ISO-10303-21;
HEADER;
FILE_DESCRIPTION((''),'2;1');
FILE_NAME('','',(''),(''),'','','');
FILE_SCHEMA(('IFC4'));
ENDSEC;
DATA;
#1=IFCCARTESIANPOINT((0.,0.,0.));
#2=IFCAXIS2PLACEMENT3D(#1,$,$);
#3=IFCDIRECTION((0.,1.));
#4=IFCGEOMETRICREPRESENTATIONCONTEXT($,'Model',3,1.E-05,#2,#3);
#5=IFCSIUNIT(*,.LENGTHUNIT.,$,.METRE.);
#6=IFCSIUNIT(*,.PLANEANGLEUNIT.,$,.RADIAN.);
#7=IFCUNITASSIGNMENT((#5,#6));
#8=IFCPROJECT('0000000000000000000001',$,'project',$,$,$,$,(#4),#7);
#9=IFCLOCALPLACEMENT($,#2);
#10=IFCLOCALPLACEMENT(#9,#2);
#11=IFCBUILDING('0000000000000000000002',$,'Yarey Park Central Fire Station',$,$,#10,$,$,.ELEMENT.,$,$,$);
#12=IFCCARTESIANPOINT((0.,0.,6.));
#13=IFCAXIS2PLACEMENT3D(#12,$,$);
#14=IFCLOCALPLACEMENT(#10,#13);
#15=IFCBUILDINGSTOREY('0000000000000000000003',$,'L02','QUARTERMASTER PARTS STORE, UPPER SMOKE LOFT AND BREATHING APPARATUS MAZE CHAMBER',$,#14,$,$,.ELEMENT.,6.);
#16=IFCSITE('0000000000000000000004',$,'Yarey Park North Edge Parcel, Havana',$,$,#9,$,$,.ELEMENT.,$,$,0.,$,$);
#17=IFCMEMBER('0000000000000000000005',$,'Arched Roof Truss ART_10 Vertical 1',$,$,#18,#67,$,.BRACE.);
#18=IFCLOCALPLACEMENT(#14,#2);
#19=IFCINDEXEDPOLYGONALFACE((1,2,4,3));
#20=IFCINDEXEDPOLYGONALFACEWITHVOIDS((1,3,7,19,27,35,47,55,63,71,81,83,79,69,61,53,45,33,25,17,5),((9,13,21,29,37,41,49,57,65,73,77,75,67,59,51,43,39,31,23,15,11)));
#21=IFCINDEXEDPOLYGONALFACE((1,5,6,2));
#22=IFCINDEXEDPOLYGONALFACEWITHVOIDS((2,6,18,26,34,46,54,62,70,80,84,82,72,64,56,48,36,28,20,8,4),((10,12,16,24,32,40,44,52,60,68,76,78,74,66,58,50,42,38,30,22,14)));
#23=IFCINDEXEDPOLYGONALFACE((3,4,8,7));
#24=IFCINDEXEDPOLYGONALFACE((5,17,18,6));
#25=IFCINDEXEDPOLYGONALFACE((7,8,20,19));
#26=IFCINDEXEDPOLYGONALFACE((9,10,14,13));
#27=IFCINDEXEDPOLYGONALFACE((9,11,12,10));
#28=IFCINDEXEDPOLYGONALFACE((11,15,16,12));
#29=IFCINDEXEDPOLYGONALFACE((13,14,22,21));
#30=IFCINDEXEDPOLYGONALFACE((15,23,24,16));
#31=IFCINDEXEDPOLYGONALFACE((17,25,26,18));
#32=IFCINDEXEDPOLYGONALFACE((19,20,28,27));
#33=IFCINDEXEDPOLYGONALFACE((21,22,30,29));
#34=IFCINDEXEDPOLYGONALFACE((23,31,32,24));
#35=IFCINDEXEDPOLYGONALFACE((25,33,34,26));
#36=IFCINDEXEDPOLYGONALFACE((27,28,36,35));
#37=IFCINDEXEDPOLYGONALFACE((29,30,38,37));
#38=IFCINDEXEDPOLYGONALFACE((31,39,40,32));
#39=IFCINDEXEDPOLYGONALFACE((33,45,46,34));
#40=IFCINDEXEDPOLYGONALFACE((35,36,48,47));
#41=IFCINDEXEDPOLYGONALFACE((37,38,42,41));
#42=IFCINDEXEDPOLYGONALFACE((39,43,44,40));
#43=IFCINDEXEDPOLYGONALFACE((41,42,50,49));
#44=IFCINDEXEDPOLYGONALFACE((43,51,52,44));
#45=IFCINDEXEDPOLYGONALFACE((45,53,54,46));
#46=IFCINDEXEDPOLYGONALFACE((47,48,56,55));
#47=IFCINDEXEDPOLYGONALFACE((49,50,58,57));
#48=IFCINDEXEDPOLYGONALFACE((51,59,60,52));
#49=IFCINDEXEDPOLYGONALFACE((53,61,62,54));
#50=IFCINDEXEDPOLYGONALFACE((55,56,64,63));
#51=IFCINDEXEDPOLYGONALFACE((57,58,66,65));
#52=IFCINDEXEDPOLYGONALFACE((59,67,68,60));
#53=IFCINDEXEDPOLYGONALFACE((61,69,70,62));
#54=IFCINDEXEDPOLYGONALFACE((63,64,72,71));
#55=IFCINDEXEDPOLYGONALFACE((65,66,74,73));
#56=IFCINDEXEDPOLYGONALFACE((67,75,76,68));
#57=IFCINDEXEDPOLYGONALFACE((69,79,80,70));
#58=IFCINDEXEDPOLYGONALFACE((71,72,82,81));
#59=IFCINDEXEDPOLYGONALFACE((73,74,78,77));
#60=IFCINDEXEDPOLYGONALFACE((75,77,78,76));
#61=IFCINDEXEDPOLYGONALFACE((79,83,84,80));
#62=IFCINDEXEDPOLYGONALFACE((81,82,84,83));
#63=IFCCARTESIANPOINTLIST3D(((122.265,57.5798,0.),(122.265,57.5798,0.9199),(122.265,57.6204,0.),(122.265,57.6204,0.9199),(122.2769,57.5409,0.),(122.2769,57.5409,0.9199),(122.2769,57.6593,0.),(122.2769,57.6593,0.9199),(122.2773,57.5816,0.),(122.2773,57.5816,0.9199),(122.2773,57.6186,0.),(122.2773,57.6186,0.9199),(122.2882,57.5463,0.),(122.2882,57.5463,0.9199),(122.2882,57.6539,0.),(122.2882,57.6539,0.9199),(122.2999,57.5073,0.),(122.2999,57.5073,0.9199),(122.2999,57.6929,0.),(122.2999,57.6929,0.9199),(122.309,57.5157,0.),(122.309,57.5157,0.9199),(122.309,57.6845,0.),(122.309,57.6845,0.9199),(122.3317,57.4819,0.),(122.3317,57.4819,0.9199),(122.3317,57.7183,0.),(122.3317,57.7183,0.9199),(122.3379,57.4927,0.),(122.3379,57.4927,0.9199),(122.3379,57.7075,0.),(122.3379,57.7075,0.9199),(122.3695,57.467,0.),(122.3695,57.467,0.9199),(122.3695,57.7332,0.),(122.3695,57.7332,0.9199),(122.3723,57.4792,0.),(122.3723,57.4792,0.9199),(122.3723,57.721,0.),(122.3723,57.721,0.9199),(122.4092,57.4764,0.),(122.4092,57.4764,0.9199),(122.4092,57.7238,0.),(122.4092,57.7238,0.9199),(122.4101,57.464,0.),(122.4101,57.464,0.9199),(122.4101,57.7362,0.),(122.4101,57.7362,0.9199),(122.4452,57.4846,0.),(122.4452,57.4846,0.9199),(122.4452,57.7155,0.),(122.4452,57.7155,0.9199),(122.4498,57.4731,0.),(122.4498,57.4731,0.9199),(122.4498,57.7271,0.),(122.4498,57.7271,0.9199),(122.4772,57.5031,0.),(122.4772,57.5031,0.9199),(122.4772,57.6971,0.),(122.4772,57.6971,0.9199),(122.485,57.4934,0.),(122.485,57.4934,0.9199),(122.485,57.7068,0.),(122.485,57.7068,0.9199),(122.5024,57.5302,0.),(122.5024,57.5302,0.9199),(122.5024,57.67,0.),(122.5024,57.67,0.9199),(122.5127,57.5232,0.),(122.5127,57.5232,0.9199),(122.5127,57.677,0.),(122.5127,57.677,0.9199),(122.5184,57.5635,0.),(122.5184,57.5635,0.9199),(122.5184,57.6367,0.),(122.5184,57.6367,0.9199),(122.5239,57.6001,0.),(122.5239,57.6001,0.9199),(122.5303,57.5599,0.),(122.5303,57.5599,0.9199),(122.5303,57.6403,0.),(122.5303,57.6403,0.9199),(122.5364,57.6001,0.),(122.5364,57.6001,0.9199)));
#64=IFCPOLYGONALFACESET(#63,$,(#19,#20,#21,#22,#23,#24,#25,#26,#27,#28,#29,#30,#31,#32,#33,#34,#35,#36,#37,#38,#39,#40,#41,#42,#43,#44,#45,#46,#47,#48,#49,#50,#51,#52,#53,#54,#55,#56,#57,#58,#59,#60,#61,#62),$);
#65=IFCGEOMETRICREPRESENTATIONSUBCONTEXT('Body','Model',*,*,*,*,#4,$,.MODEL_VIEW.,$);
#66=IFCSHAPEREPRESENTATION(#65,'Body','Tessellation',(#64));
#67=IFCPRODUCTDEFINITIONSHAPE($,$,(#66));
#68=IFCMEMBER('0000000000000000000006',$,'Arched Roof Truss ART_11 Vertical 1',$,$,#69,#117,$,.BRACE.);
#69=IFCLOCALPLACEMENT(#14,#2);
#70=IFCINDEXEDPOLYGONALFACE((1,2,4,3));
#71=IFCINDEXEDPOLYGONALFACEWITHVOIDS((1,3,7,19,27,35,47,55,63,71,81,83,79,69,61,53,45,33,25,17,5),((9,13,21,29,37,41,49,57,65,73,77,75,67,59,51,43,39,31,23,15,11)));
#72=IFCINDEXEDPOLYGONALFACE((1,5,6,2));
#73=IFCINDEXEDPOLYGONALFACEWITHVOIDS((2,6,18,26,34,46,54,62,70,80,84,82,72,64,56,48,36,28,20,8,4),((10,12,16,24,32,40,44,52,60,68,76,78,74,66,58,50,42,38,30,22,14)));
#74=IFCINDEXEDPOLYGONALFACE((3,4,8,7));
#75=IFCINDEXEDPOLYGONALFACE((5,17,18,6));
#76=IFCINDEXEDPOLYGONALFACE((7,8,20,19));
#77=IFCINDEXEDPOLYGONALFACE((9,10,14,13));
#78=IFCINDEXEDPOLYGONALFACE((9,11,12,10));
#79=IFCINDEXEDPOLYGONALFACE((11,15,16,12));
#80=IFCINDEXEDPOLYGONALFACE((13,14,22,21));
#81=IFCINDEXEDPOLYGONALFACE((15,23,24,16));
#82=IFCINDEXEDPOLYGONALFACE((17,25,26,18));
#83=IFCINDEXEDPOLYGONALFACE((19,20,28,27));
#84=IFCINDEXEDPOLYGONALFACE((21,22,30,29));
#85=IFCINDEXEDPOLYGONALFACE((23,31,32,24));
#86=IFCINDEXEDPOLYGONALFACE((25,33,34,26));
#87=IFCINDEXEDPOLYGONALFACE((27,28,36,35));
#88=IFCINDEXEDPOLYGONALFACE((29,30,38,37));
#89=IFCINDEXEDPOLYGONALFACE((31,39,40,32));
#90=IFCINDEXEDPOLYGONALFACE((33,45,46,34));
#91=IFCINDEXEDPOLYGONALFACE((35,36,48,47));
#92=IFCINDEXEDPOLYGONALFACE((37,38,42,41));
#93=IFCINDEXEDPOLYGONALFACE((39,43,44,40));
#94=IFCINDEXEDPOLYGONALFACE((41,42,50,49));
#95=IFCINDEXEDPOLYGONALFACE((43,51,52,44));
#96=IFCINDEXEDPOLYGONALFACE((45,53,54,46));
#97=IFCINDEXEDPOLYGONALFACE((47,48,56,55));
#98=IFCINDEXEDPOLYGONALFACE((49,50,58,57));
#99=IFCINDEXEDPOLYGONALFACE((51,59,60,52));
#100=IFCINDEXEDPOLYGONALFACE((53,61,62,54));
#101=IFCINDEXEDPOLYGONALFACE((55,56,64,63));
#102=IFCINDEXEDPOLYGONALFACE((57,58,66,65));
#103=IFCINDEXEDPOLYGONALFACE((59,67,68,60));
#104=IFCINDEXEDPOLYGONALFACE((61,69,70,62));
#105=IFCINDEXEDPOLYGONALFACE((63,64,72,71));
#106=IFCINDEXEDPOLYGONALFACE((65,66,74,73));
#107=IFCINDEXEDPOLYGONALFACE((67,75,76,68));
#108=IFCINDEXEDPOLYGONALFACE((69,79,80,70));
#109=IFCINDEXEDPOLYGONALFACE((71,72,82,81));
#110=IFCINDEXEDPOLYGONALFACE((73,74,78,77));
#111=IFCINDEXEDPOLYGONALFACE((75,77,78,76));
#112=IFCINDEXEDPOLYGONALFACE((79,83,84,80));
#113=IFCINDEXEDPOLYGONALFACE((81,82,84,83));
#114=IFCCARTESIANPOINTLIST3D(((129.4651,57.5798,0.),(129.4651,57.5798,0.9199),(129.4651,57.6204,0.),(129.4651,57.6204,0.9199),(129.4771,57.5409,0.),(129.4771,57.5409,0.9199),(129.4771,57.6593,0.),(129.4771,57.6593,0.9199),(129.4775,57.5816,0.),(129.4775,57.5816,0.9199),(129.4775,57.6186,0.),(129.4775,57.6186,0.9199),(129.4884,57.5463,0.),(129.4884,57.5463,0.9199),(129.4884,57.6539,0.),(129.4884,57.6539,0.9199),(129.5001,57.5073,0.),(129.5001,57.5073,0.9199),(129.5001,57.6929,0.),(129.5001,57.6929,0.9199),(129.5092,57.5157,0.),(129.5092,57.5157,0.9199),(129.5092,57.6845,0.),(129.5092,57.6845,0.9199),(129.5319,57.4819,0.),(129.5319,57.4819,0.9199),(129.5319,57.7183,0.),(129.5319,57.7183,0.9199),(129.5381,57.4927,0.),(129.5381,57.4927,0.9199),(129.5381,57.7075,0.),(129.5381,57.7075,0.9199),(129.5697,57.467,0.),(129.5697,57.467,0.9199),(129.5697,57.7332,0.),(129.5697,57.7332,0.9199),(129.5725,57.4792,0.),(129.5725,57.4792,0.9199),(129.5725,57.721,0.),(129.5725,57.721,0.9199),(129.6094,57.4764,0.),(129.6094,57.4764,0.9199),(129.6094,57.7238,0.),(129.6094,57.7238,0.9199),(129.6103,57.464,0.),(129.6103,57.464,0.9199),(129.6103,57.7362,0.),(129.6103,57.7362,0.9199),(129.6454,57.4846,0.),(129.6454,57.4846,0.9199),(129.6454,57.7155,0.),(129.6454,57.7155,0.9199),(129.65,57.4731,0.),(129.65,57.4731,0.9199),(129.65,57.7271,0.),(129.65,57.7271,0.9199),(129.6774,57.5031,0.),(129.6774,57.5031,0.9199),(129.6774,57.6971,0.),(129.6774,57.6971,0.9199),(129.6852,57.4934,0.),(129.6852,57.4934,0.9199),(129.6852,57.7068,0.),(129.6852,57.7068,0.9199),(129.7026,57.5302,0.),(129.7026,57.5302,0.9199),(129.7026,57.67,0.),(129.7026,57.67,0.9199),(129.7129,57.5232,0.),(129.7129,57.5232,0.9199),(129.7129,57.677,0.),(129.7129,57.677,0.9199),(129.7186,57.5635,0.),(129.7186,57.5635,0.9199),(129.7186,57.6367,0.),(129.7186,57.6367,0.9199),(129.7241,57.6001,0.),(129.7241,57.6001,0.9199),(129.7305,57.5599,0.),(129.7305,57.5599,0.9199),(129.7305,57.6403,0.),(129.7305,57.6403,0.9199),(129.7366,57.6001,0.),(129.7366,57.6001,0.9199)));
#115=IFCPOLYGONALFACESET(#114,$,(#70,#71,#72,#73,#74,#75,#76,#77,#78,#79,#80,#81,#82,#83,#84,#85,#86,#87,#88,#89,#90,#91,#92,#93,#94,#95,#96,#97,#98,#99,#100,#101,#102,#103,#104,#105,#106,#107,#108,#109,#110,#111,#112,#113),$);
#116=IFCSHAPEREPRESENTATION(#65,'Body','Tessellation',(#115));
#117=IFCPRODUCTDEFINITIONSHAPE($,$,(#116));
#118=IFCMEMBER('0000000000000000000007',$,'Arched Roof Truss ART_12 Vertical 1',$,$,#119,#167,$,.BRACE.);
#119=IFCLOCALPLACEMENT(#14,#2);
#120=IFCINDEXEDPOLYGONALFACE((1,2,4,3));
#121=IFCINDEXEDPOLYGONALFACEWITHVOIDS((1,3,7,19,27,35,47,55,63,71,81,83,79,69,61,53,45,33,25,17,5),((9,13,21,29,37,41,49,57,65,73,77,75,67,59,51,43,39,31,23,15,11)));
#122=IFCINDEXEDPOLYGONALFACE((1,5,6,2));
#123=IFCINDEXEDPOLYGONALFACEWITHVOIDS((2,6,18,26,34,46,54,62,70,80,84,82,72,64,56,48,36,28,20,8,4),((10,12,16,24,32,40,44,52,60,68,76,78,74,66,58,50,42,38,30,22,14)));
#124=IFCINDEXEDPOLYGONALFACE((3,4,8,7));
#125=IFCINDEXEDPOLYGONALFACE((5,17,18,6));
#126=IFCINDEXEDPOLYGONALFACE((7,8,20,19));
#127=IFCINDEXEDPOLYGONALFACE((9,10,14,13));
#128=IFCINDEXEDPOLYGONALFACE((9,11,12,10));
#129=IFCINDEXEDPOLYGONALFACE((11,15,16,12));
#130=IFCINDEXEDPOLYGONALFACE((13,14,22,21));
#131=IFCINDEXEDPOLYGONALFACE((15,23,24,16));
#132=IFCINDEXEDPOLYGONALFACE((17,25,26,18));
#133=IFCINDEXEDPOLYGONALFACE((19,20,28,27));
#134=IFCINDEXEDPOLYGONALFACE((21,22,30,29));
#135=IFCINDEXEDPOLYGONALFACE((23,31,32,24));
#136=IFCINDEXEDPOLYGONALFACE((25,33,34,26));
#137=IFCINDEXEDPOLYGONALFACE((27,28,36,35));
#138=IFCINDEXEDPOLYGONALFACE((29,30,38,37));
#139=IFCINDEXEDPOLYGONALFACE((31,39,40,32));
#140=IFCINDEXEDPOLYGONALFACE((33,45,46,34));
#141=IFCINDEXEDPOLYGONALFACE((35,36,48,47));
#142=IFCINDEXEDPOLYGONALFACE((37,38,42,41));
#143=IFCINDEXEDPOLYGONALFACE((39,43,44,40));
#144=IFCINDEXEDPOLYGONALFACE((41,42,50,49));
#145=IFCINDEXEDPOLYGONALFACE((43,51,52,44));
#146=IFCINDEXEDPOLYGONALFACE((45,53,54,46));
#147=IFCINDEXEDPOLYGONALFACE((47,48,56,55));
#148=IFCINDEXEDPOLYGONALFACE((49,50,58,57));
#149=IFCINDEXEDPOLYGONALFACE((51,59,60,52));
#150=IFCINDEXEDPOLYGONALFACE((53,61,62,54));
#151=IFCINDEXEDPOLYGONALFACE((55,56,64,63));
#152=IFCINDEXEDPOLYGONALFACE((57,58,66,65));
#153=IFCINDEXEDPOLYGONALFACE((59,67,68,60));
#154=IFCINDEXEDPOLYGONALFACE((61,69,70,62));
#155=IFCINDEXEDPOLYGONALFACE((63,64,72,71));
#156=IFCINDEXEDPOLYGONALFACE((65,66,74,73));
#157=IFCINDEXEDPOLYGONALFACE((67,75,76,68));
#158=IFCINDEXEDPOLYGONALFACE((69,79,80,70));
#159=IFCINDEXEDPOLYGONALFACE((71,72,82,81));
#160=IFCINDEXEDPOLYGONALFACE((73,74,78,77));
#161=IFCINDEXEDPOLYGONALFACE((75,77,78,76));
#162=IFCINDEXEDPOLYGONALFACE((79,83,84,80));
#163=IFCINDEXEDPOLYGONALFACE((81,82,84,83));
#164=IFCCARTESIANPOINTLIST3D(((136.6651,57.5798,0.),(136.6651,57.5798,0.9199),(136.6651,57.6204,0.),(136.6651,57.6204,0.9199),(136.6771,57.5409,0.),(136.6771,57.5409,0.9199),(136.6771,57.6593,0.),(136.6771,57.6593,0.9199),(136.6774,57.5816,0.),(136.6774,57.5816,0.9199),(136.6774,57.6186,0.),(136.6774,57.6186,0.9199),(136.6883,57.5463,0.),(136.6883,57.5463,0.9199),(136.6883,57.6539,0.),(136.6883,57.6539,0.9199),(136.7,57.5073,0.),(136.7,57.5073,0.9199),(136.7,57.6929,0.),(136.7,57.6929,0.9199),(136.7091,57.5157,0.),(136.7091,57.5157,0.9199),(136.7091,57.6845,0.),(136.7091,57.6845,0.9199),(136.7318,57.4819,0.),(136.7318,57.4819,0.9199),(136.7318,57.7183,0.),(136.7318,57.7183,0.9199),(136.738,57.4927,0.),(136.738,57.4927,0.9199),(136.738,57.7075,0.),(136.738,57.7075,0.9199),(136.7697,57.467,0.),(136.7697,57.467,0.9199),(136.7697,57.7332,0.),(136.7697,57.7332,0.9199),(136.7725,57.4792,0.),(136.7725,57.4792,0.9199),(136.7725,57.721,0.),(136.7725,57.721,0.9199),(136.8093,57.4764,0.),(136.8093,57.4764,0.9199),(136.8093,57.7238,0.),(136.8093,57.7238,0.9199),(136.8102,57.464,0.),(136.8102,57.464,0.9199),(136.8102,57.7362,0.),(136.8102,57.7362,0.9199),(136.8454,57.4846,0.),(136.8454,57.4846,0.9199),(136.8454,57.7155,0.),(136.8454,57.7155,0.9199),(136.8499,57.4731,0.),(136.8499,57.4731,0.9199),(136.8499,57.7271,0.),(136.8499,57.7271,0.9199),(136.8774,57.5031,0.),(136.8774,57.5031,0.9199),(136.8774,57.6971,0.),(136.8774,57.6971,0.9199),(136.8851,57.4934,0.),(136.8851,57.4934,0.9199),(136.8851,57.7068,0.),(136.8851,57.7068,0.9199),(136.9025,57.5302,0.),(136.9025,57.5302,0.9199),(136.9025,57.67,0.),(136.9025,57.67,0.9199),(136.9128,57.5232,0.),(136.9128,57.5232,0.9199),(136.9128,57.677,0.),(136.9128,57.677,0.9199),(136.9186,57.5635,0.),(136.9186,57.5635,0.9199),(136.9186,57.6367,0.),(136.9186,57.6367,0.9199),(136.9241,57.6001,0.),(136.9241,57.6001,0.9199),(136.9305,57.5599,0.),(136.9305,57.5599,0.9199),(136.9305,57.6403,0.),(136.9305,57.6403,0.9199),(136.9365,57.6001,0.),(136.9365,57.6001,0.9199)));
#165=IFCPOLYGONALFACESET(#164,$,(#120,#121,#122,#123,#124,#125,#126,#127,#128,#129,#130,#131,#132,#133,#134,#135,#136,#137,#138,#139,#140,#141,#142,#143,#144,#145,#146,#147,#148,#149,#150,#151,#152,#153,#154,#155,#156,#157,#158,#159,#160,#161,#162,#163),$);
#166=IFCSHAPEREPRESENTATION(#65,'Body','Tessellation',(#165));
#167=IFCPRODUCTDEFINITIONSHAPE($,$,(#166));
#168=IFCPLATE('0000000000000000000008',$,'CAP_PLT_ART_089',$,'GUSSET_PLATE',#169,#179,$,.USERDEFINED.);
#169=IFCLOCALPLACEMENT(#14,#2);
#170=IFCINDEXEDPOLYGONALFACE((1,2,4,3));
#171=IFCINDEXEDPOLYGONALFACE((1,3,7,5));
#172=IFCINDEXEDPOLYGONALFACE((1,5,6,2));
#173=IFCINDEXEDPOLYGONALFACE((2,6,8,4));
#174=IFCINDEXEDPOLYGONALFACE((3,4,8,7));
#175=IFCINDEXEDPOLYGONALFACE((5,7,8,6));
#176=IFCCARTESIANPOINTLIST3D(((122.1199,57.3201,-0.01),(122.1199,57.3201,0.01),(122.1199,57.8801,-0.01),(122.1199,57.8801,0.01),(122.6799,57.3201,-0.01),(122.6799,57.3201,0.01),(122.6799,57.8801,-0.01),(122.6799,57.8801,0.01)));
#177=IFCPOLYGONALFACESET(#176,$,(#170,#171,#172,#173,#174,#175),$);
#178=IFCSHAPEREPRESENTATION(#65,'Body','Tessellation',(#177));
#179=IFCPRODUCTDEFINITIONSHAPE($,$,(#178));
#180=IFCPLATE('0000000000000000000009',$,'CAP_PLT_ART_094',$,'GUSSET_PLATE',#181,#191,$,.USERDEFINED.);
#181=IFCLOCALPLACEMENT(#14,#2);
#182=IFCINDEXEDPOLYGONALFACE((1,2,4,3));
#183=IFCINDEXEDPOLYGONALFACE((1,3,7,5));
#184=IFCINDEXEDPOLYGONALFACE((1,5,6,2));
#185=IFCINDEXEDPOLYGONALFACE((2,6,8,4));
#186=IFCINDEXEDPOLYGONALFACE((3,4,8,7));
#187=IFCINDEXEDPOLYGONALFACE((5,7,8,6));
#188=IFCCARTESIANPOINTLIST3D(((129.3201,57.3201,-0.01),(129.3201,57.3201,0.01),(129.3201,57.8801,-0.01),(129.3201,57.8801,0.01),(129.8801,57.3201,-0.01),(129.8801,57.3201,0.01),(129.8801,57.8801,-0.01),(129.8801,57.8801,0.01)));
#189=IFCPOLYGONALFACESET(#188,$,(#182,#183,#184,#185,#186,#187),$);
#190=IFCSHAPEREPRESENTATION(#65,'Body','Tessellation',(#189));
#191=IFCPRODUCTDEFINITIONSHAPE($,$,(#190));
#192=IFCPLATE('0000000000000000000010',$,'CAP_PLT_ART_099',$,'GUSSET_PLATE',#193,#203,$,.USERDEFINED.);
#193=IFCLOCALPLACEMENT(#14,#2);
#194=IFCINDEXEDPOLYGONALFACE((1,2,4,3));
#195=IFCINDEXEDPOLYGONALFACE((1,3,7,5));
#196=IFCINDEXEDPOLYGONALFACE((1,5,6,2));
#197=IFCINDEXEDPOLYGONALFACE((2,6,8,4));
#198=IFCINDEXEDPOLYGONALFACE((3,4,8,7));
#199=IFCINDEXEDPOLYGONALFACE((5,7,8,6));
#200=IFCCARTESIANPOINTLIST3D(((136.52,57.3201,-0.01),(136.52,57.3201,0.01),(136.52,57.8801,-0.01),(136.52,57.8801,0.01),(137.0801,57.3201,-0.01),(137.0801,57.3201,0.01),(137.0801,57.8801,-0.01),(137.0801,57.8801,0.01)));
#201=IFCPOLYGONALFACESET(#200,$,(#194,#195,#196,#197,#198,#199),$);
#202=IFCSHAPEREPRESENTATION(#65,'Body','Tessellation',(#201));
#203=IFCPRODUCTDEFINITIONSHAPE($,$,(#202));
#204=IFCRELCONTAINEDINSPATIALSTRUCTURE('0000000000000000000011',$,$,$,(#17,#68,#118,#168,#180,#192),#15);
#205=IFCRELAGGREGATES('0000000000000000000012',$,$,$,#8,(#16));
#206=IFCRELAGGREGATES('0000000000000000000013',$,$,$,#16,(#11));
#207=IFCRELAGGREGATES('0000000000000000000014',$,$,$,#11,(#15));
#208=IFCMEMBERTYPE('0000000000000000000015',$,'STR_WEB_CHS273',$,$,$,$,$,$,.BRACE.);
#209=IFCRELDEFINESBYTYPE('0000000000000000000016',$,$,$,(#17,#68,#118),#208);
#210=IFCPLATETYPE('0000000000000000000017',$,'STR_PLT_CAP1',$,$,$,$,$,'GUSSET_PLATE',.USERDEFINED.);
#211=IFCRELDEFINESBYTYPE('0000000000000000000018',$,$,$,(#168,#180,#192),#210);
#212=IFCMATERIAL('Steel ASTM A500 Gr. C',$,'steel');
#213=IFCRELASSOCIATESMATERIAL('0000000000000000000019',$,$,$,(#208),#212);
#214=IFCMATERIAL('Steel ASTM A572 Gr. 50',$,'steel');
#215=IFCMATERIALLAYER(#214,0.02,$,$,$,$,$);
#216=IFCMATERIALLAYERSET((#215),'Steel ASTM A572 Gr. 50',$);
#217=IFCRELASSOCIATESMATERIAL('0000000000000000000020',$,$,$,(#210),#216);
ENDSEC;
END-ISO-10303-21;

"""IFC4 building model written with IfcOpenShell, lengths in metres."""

from ifc_helpers import new_model, si_unit, direction, frame, origin, origin_2d, place, context, subcontext, project, spatial, rectangle, hollow_circle, extrude, material, layer, layer_set, material_profile, profile_set, type_object, element, save


model = new_model("IFC4")

# Units and contexts
model_context = context("Model", 3, precision=1e-05, world=origin(), true_north=direction((0.0, 1.0)))
body_context = subcontext(model_context, "Body", "Model", "MODEL_VIEW")
ifc_project = project(units=[si_unit("LENGTHUNIT", "METRE"), si_unit("PLANEANGLEUNIT", "RADIAN")], contexts=[model_context])

# Site, building, storey
site_placement = place(None, origin())
site = spatial("IfcSite", under=ifc_project, at=site_placement, Name="Yarey Park North Edge Parcel, Havana", CompositionType="ELEMENT", RefElevation=0.0)
building_placement = place(site_placement, origin())
building = spatial("IfcBuilding", under=site, at=building_placement, Name="Yarey Park Central Fire Station", CompositionType="ELEMENT")
storey_placement = place(building_placement, frame((0.0, 0.0, 6.0)))
storey = spatial("IfcBuildingStorey", under=building, at=storey_placement, Name="L02", Description="QUARTERMASTER PARTS STORE, UPPER SMOKE LOFT AND BREATHING APPARATUS MAZE CHAMBER", CompositionType="ELEMENT", Elevation=6.0)

# Shared definitions
ifc_material_1 = material(Name="Steel ASTM A500 Gr. C", Category="steel")

# Members
ifc_material_profile_1 = material_profile(ifc_material_1, hollow_circle(Radius=0.1365, WallThickness=0.0125, at=origin_2d()), Name="CHS 273x12.5")
ifc_profile_set_1 = profile_set([ifc_material_profile_1], Name="Steel ASTM A500 Gr. C")
member_type_1 = type_object("IfcMemberType", Name="STR_WEB_CHS273", PredefinedType="BRACE", material=ifc_profile_set_1)
for number, where, z_axis, x_axis, name in (
    (1, (122.3999, 57.6001, 0.0), (0.0, 0.0, 1.0), (1.0, 0.0, 0.0), "Arched Roof Truss ART_10 Vertical 1"),
    (2, (129.6001, 57.6001, 0.0), (0.0, 0.0, 1.0), (1.0, 0.0, 0.0), "Arched Roof Truss ART_11 Vertical 1"),
    (3, (136.8, 57.6001, 0.0), (0.0, 0.0, 1.0), (1.0, 0.0, 0.0), "Arched Roof Truss ART_12 Vertical 1"),
):
    element("IfcMember", number, at=place(storey_placement, frame(where, z_axis=z_axis, x_axis=x_axis)), inside=storey, type_object=member_type_1, Name=name, PredefinedType="BRACE", context=body_context, shape_type="SweptSolid", body=[
        extrude(hollow_circle(Radius=0.1365, WallThickness=0.0125, at=origin_2d()), origin(), (0.0, 0.0, 1.0), 0.9199),
    ])

# Plates
ifc_material_2 = material(Name="Steel ASTM A572 Gr. 50", Category="steel")
ifc_layer_1 = layer(ifc_material_2, 0.02)
ifc_layer_set_1 = layer_set([ifc_layer_1], Name="Steel ASTM A572 Gr. 50")
plate_type_1 = type_object("IfcPlateType", Name="STR_PLT_CAP1", ElementType="GUSSET_PLATE", PredefinedType="USERDEFINED", material=ifc_layer_set_1)
for number, where, z_axis, x_axis, name in (
    (4, (122.3999, 57.6001, -0.01), (0.0, 0.0, 1.0), (1.0, 0.0, 0.0), "CAP_PLT_ART_089"),
    (5, (129.6001, 57.6001, -0.01), (0.0, 0.0, 1.0), (1.0, 0.0, 0.0), "CAP_PLT_ART_094"),
    (6, (136.8, 57.6001, -0.01), (0.0, 0.0, 1.0), (1.0, 0.0, 0.0), "CAP_PLT_ART_099"),
):
    element("IfcPlate", number, at=place(storey_placement, frame(where, z_axis=z_axis, x_axis=x_axis)), inside=storey, type_object=plate_type_1, Name=name, ObjectType="GUSSET_PLATE", PredefinedType="USERDEFINED", context=body_context, shape_type="SweptSolid", body=[
        extrude(rectangle(XDim=0.5601, YDim=0.5601, at=origin_2d()), origin(), (0.0, 0.0, 1.0), 0.02),
    ])

save(model, "model.ifc")
